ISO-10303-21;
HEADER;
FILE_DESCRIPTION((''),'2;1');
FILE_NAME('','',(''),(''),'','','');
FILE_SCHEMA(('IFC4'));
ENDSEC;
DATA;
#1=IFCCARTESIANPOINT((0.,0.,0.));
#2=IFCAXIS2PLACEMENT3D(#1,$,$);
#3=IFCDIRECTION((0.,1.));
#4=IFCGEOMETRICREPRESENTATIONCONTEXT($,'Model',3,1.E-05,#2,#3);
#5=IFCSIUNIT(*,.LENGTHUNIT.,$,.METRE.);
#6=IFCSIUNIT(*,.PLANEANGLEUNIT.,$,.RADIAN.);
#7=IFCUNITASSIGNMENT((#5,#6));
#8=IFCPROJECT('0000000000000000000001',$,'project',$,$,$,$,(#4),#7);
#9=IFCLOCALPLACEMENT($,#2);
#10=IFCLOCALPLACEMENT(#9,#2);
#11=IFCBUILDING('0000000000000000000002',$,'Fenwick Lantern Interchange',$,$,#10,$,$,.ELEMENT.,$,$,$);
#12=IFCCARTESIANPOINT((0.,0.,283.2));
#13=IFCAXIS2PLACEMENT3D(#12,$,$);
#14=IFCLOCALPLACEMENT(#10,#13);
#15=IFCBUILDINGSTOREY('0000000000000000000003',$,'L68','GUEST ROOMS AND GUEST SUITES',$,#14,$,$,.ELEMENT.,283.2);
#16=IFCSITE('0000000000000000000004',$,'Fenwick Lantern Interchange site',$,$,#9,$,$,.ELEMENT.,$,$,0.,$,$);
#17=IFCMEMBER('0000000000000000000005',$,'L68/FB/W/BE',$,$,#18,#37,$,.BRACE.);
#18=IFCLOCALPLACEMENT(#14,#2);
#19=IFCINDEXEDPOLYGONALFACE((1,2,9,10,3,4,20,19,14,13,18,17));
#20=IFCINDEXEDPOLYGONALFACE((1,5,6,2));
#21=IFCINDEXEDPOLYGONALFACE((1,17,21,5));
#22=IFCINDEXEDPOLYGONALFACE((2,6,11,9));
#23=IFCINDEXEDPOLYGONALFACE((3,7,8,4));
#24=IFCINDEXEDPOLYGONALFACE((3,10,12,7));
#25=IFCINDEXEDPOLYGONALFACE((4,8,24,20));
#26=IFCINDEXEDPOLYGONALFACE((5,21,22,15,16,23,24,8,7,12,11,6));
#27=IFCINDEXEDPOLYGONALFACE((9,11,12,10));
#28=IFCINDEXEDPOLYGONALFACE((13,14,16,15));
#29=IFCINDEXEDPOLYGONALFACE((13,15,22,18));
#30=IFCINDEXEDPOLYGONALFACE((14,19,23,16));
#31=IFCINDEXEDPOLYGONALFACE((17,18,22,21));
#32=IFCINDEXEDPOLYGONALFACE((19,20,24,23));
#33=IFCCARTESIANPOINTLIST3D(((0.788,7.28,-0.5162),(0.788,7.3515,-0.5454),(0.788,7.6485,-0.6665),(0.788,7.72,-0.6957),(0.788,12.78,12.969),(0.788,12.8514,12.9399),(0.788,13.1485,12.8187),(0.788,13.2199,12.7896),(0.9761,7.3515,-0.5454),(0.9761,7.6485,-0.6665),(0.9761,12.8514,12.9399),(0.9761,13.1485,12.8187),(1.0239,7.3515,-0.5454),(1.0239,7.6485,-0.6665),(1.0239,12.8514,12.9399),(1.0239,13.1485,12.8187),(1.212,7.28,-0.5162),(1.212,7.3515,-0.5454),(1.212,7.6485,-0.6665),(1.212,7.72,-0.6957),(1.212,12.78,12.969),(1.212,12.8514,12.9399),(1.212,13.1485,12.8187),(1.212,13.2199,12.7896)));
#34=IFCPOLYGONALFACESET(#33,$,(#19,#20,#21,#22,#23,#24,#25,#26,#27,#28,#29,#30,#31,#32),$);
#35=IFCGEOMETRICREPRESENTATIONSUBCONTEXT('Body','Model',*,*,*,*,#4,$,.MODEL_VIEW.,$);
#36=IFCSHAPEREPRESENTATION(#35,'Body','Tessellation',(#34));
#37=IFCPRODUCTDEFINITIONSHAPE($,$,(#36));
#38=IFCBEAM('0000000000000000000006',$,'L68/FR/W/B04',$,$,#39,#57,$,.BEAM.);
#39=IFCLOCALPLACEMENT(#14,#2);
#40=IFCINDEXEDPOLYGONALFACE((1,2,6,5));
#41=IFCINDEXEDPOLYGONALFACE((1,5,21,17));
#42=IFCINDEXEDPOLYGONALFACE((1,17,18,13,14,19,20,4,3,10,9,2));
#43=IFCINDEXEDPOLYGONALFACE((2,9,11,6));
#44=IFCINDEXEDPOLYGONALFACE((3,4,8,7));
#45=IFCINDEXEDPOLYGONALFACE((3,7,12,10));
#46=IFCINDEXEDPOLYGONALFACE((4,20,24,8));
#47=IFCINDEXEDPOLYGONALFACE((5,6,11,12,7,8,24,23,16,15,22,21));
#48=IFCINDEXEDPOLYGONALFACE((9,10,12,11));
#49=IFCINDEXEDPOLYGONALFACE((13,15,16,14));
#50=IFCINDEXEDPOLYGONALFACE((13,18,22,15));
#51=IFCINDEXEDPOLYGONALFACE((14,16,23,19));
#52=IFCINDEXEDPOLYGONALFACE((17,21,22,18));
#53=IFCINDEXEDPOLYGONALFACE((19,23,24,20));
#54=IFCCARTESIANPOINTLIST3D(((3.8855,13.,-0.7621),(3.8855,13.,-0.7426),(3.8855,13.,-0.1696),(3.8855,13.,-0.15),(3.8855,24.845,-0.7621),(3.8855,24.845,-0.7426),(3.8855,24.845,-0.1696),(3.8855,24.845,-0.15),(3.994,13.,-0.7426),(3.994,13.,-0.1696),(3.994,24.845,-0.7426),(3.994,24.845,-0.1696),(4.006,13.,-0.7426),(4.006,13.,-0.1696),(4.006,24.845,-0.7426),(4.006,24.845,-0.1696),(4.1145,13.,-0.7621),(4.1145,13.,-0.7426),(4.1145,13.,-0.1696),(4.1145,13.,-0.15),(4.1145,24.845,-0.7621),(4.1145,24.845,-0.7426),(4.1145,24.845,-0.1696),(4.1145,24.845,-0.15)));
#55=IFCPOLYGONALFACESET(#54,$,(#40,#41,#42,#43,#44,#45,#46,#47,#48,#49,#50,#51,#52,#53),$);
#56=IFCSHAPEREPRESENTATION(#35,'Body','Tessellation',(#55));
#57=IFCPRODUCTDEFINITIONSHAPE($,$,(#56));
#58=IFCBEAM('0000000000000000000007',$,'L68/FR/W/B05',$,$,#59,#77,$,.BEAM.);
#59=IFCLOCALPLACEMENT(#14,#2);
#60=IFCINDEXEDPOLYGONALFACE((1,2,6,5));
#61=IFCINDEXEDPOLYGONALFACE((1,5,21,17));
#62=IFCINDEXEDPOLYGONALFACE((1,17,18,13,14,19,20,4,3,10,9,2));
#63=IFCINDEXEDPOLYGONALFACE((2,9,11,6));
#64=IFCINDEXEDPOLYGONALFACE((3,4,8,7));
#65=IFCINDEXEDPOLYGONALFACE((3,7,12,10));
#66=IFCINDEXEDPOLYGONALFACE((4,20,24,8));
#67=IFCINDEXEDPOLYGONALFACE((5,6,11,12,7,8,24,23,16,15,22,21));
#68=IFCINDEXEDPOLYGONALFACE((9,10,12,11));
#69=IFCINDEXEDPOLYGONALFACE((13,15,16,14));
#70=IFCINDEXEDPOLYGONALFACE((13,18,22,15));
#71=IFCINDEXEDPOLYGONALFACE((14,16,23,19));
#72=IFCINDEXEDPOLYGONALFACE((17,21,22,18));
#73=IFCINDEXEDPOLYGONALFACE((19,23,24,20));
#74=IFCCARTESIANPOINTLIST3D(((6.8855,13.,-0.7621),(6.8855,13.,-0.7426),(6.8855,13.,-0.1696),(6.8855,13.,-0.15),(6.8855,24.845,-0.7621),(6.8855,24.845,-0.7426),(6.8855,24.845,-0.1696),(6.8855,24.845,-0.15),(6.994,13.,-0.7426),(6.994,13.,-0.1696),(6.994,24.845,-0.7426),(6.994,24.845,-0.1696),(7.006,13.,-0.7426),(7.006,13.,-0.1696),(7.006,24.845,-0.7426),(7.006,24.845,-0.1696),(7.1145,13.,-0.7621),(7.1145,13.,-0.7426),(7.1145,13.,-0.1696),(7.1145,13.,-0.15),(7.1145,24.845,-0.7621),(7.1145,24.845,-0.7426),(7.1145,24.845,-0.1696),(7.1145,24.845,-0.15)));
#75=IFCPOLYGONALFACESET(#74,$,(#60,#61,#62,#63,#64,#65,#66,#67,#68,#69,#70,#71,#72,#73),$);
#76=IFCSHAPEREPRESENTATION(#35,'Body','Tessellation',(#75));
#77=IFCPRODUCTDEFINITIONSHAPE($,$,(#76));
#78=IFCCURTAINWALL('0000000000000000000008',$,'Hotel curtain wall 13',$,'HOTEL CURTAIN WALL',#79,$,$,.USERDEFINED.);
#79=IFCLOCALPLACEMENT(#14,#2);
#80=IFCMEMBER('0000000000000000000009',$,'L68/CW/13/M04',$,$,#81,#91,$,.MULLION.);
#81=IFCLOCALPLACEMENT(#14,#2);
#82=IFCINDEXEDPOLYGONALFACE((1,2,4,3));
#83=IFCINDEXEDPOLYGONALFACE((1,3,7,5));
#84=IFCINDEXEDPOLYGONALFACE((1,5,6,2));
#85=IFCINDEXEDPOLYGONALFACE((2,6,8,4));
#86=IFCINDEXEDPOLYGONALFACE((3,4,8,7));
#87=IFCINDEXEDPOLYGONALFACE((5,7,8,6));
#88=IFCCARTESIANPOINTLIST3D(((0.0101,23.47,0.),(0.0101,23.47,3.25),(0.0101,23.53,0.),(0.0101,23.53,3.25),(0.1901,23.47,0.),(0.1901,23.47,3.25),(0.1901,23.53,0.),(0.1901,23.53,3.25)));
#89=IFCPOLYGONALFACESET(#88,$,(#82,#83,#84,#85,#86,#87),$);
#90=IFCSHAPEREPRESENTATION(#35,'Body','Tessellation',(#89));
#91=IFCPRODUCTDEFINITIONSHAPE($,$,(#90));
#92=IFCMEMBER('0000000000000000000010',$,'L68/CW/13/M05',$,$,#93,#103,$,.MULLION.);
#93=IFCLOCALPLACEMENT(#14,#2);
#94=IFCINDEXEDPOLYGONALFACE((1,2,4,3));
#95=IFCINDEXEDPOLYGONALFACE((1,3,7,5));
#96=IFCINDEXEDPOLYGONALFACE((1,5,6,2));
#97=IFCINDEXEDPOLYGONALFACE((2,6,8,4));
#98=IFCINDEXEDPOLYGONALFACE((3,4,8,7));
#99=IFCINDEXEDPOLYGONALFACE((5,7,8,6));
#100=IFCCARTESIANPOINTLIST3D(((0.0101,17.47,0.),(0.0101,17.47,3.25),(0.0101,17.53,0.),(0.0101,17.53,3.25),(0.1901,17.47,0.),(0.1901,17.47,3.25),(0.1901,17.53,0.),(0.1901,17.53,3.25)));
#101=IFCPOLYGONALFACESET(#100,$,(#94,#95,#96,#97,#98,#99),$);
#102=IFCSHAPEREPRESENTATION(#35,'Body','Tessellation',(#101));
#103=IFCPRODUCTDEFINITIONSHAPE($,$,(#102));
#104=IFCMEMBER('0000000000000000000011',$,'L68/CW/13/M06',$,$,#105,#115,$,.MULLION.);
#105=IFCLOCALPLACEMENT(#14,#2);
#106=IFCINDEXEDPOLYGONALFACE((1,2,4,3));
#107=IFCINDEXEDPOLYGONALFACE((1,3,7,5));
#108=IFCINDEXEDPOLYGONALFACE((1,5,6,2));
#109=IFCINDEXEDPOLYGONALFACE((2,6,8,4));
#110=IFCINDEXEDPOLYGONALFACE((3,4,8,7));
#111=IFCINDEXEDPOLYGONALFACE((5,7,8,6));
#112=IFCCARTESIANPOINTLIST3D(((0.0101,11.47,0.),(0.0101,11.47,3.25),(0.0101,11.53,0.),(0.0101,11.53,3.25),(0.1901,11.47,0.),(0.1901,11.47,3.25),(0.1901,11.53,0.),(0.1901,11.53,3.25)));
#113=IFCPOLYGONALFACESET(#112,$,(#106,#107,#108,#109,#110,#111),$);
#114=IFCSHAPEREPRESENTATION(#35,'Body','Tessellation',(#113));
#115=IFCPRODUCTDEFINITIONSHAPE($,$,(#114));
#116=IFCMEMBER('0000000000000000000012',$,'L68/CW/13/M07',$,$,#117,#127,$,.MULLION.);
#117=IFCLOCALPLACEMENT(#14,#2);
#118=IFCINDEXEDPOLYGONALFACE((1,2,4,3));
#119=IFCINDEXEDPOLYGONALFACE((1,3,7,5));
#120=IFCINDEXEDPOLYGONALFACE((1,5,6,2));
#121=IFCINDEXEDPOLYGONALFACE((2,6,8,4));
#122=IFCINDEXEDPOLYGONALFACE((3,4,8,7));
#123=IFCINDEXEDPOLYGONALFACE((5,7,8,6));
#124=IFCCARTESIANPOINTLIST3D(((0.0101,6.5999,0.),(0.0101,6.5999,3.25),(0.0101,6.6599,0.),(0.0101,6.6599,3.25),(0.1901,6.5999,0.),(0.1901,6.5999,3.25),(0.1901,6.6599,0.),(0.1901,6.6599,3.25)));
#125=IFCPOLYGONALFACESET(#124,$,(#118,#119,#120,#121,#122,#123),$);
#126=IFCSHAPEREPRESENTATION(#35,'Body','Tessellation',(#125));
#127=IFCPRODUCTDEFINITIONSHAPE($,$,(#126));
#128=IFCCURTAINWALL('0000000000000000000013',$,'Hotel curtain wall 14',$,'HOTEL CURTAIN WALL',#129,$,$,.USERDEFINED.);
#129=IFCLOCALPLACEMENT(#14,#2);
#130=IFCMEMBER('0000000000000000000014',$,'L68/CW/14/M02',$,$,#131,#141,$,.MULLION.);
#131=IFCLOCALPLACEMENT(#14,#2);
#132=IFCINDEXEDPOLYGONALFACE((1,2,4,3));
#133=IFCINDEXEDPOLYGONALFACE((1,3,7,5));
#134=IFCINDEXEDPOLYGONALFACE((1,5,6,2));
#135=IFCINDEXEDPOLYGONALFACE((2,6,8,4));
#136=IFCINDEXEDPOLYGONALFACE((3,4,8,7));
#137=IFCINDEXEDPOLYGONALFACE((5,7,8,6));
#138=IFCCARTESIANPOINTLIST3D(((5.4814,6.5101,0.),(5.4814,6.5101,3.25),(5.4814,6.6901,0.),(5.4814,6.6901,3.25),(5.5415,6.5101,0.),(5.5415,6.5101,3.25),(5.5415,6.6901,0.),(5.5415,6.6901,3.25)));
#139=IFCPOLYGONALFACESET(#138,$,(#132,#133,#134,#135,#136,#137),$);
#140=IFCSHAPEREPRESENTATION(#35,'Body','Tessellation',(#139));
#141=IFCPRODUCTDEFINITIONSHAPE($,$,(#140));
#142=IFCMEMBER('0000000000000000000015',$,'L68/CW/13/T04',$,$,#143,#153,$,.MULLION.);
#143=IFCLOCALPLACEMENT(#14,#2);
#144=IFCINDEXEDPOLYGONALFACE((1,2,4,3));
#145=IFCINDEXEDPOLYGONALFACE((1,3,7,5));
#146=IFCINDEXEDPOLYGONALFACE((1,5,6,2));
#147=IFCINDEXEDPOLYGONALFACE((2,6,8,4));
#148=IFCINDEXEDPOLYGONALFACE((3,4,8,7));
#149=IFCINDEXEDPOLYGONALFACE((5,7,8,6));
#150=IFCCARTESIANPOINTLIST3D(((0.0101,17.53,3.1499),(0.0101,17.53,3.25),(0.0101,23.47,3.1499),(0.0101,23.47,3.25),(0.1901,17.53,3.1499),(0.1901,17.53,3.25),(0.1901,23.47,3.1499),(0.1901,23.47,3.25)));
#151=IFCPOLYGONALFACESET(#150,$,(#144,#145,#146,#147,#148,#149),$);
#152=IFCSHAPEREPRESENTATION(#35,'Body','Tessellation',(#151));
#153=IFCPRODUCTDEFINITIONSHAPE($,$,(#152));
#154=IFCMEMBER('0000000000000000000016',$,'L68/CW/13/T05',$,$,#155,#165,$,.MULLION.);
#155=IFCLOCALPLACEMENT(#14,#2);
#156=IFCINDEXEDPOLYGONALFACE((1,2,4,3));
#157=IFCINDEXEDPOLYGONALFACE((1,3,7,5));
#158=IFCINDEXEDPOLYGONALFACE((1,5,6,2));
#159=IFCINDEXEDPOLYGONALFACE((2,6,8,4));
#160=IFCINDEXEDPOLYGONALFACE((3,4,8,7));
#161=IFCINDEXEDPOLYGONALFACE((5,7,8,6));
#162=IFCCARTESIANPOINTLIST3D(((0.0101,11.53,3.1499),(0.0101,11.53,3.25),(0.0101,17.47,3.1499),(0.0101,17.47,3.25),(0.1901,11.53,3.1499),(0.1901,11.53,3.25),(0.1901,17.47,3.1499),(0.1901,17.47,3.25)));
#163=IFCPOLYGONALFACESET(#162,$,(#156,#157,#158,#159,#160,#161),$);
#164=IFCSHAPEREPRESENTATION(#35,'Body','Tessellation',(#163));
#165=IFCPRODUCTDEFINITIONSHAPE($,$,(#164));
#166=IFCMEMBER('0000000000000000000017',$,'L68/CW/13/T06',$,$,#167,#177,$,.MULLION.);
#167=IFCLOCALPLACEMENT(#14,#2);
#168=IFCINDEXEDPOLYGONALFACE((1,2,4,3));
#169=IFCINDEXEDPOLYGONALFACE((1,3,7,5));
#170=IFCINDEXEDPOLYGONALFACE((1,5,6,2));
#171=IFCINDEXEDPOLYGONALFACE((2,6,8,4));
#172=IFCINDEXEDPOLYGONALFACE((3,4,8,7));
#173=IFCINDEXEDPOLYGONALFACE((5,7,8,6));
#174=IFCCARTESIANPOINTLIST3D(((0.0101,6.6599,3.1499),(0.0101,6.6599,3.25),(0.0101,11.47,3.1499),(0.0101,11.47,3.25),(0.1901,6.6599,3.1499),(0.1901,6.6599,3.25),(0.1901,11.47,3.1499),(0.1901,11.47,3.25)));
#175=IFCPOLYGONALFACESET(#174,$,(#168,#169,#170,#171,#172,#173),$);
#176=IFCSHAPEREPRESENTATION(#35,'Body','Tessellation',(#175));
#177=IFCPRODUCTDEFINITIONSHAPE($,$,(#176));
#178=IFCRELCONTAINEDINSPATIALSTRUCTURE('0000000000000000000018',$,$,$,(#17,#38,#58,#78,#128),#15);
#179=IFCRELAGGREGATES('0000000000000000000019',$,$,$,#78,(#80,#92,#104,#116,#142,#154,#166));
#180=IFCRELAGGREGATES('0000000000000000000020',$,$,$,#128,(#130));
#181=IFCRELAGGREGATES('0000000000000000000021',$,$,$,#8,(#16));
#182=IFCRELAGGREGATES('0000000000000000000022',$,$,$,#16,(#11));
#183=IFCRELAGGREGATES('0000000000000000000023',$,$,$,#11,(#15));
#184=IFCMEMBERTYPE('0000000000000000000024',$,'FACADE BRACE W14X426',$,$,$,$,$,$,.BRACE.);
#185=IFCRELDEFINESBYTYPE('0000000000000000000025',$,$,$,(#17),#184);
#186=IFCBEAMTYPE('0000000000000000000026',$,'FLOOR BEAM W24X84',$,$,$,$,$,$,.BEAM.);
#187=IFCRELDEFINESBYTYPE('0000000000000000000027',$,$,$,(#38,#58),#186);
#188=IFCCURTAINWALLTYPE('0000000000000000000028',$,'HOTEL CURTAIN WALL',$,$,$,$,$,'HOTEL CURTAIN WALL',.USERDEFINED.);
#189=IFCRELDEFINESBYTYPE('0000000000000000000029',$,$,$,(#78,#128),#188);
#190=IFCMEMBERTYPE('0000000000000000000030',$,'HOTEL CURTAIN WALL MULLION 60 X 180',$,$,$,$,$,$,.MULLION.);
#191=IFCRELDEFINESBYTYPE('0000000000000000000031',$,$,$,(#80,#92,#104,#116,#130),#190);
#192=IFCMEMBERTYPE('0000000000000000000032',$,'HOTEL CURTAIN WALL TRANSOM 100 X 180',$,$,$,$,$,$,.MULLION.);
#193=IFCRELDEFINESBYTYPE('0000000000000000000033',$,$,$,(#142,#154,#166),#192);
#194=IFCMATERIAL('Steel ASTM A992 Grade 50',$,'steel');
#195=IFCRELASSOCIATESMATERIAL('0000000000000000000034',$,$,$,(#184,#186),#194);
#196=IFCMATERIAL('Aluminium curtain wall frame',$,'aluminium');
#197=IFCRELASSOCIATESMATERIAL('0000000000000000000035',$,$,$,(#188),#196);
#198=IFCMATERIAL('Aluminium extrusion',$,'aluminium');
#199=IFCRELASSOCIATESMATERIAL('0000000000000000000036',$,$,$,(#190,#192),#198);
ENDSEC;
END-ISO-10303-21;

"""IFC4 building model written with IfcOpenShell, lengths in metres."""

from ifc_helpers import new_model, si_unit, direction, frame, origin, origin_2d, place, context, subcontext, project, spatial, rectangle, i_section, extrude, material, material_profile, profile_set, type_object, element, aggregate, save


model = new_model("IFC4")

# Units and contexts
model_context = context("Model", 3, precision=1e-05, world=origin(), true_north=direction((0.0, 1.0)))
body_context = subcontext(model_context, "Body", "Model", "MODEL_VIEW")
ifc_project = project(units=[si_unit("LENGTHUNIT", "METRE"), si_unit("PLANEANGLEUNIT", "RADIAN")], contexts=[model_context])

# Site, building, storey
site_placement = place(None, origin())
site = spatial("IfcSite", under=ifc_project, at=site_placement, Name="Fenwick Lantern Interchange site", CompositionType="ELEMENT", RefElevation=0.0)
building_placement = place(site_placement, origin())
building = spatial("IfcBuilding", under=site, at=building_placement, Name="Fenwick Lantern Interchange", CompositionType="ELEMENT")
storey_placement = place(building_placement, frame((0.0, 0.0, 283.2)))
storey = spatial("IfcBuildingStorey", under=building, at=storey_placement, Name="L68", Description="GUEST ROOMS AND GUEST SUITES", CompositionType="ELEMENT", Elevation=283.2)

# Shared definitions
ifc_material_1 = material(Name="Steel ASTM A992 Grade 50", Category="steel")

# Member
ifc_material_profile_1 = material_profile(ifc_material_1, i_section(OverallWidth=0.4241, OverallDepth=0.4751, WebThickness=0.0479, FlangeThickness=0.0771, at=origin_2d()), Name="W14X426")
ifc_profile_set_1 = profile_set([ifc_material_profile_1], Name="Steel ASTM A992 Grade 50")
member_type_1 = type_object("IfcMemberType", Name="FACADE BRACE W14X426", PredefinedType="BRACE", material=ifc_profile_set_1)
member_1_placement = place(storey_placement, frame((1.0, 7.5, -0.606), z_axis=(0.0, 0.377648, 0.925949), x_axis=(-1.0, 0.0, 0.0)))
element("IfcMember", 1, at=member_1_placement, inside=storey, type_object=member_type_1, Name="L68/FB/W/BE", PredefinedType="BRACE", context=body_context, shape_type="SweptSolid", body=[
    extrude(i_section(OverallWidth=0.4241, OverallDepth=0.4751, WebThickness=0.0479, FlangeThickness=0.0771, at=origin_2d()), origin(), (0.0, 0.0, 1.0), 14.5637),
])

# Beams
ifc_material_profile_2 = material_profile(ifc_material_1, i_section(OverallWidth=0.229, OverallDepth=0.6121, WebThickness=0.012, FlangeThickness=0.0195, at=origin_2d()), Name="W24X84")
ifc_profile_set_2 = profile_set([ifc_material_profile_2], Name="Steel ASTM A992 Grade 50")
beam_type_1 = type_object("IfcBeamType", Name="FLOOR BEAM W24X84", PredefinedType="BEAM", material=ifc_profile_set_2)
for number, where, z_axis, x_axis, name in (
    (2, (4.0, 24.845, -0.4561), (0.0, -1.0, 0.0), (1.0, 0.0, 0.0), "L68/FR/W/B04"),
    (3, (7.0, 24.845, -0.4561), (0.0, -1.0, 0.0), (1.0, 0.0, 0.0), "L68/FR/W/B05"),
):
    element("IfcBeam", number, at=place(storey_placement, frame(where, z_axis=z_axis, x_axis=x_axis)), inside=storey, type_object=beam_type_1, Name=name, PredefinedType="BEAM", context=body_context, shape_type="SweptSolid", body=[
        extrude(i_section(OverallWidth=0.229, OverallDepth=0.6121, WebThickness=0.012, FlangeThickness=0.0195, at=origin_2d()), origin(), (0.0, 0.0, 1.0), 11.845),
    ])

# Curtain wall, members
ifc_material_2 = material(Name="Aluminium curtain wall frame", Category="aluminium")
curtain_wall_type = type_object("IfcCurtainWallType", Name="HOTEL CURTAIN WALL", ElementType="HOTEL CURTAIN WALL", PredefinedType="USERDEFINED", material=ifc_material_2)
curtain_wall_1_placement = place(storey_placement, origin())
curtain_wall_1 = element("IfcCurtainWall", 4, at=curtain_wall_1_placement, inside=storey, type_object=curtain_wall_type, Name="Hotel curtain wall 13", ObjectType="HOTEL CURTAIN WALL", PredefinedType="USERDEFINED")
ifc_material_3 = material(Name="Aluminium extrusion", Category="aluminium")
ifc_material_profile_3 = material_profile(ifc_material_3, rectangle(XDim=0.1799, YDim=0.0601, at=origin_2d()), Name="HOTEL CURTAIN WALL MULLION 60 X 180")
ifc_profile_set_3 = profile_set([ifc_material_profile_3], Name="Aluminium extrusion")
member_type_2 = type_object("IfcMemberType", Name="HOTEL CURTAIN WALL MULLION 60 X 180", PredefinedType="MULLION", material=ifc_profile_set_3)
member_2_placement = place(storey_placement, frame((0.1001, 23.5, 0.0), z_axis=(0.0, 0.0, 1.0), x_axis=(1.0, 0.0, 0.0)))
member_2 = element("IfcMember", 5, at=member_2_placement, type_object=member_type_2, Name="L68/CW/13/M04", PredefinedType="MULLION", context=body_context, shape_type="SweptSolid", body=[
    extrude(rectangle(XDim=0.1799, YDim=0.0601, at=origin_2d()), origin(), (0.0, 0.0, 1.0), 3.25),
])
member_3_placement = place(storey_placement, frame((0.1001, 17.5, 0.0), z_axis=(0.0, 0.0, 1.0), x_axis=(1.0, 0.0, 0.0)))
member_3 = element("IfcMember", 6, at=member_3_placement, type_object=member_type_2, Name="L68/CW/13/M05", PredefinedType="MULLION", context=body_context, shape_type="SweptSolid", body=[
    extrude(rectangle(XDim=0.1799, YDim=0.0601, at=origin_2d()), origin(), (0.0, 0.0, 1.0), 3.25),
])
member_4_placement = place(storey_placement, frame((0.1001, 11.5, 0.0), z_axis=(0.0, 0.0, 1.0), x_axis=(1.0, 0.0, 0.0)))
member_4 = element("IfcMember", 7, at=member_4_placement, type_object=member_type_2, Name="L68/CW/13/M06", PredefinedType="MULLION", context=body_context, shape_type="SweptSolid", body=[
    extrude(rectangle(XDim=0.1799, YDim=0.0601, at=origin_2d()), origin(), (0.0, 0.0, 1.0), 3.25),
])
member_5_placement = place(storey_placement, frame((0.1001, 6.6299, 0.0), z_axis=(0.0, 0.0, 1.0), x_axis=(1.0, 0.0, 0.0)))
member_5 = element("IfcMember", 8, at=member_5_placement, type_object=member_type_2, Name="L68/CW/13/M07", PredefinedType="MULLION", context=body_context, shape_type="SweptSolid", body=[
    extrude(rectangle(XDim=0.1799, YDim=0.0601, at=origin_2d()), origin(), (0.0, 0.0, 1.0), 3.25),
])

# Curtain wall, member
curtain_wall_2_placement = place(storey_placement, origin())
curtain_wall_2 = element("IfcCurtainWall", 9, at=curtain_wall_2_placement, inside=storey, type_object=curtain_wall_type, Name="Hotel curtain wall 14", ObjectType="HOTEL CURTAIN WALL", PredefinedType="USERDEFINED")
member_6_placement = place(storey_placement, frame((5.5115, 6.6001, 0.0), z_axis=(0.0, 0.0, 1.0), x_axis=(0.0, 1.0, 0.0)))
member_6 = element("IfcMember", 10, at=member_6_placement, type_object=member_type_2, Name="L68/CW/14/M02", PredefinedType="MULLION", context=body_context, shape_type="SweptSolid", body=[
    extrude(rectangle(XDim=0.1799, YDim=0.0601, at=origin_2d()), origin(), (0.0, 0.0, 1.0), 3.25),
])

# Members
ifc_material_profile_4 = material_profile(ifc_material_3, rectangle(XDim=0.1799, YDim=0.1001, at=origin_2d()), Name="HOTEL CURTAIN WALL TRANSOM 100 X 180")
ifc_profile_set_4 = profile_set([ifc_material_profile_4], Name="Aluminium extrusion")
member_type_3 = type_object("IfcMemberType", Name="HOTEL CURTAIN WALL TRANSOM 100 X 180", PredefinedType="MULLION", material=ifc_profile_set_4)
member_7_placement = place(storey_placement, frame((0.1001, 23.47, 3.2), z_axis=(0.0, -1.0, 0.0), x_axis=(1.0, 0.0, 0.0)))
member_7 = element("IfcMember", 11, at=member_7_placement, type_object=member_type_3, Name="L68/CW/13/T04", PredefinedType="MULLION", context=body_context, shape_type="SweptSolid", body=[
    extrude(rectangle(XDim=0.1799, YDim=0.1001, at=origin_2d()), origin(), (0.0, 0.0, 1.0), 5.9399),
])
member_8_placement = place(storey_placement, frame((0.1001, 17.47, 3.2), z_axis=(0.0, -1.0, 0.0), x_axis=(1.0, 0.0, 0.0)))
member_8 = element("IfcMember", 12, at=member_8_placement, type_object=member_type_3, Name="L68/CW/13/T05", PredefinedType="MULLION", context=body_context, shape_type="SweptSolid", body=[
    extrude(rectangle(XDim=0.1799, YDim=0.1001, at=origin_2d()), origin(), (0.0, 0.0, 1.0), 5.9399),
])
member_9_placement = place(storey_placement, frame((0.1001, 11.47, 3.2), z_axis=(0.0, -1.0, 0.0), x_axis=(1.0, 0.0, 0.0)))
member_9 = element("IfcMember", 13, at=member_9_placement, type_object=member_type_3, Name="L68/CW/13/T06", PredefinedType="MULLION", context=body_context, shape_type="SweptSolid", body=[
    extrude(rectangle(XDim=0.1799, YDim=0.1001, at=origin_2d()), origin(), (0.0, 0.0, 1.0), 4.8101),
])

aggregate(curtain_wall_1, [member_2, member_3, member_4, member_5, member_7, member_8, member_9])
aggregate(curtain_wall_2, [member_6])

save(model, "model.ifc")
